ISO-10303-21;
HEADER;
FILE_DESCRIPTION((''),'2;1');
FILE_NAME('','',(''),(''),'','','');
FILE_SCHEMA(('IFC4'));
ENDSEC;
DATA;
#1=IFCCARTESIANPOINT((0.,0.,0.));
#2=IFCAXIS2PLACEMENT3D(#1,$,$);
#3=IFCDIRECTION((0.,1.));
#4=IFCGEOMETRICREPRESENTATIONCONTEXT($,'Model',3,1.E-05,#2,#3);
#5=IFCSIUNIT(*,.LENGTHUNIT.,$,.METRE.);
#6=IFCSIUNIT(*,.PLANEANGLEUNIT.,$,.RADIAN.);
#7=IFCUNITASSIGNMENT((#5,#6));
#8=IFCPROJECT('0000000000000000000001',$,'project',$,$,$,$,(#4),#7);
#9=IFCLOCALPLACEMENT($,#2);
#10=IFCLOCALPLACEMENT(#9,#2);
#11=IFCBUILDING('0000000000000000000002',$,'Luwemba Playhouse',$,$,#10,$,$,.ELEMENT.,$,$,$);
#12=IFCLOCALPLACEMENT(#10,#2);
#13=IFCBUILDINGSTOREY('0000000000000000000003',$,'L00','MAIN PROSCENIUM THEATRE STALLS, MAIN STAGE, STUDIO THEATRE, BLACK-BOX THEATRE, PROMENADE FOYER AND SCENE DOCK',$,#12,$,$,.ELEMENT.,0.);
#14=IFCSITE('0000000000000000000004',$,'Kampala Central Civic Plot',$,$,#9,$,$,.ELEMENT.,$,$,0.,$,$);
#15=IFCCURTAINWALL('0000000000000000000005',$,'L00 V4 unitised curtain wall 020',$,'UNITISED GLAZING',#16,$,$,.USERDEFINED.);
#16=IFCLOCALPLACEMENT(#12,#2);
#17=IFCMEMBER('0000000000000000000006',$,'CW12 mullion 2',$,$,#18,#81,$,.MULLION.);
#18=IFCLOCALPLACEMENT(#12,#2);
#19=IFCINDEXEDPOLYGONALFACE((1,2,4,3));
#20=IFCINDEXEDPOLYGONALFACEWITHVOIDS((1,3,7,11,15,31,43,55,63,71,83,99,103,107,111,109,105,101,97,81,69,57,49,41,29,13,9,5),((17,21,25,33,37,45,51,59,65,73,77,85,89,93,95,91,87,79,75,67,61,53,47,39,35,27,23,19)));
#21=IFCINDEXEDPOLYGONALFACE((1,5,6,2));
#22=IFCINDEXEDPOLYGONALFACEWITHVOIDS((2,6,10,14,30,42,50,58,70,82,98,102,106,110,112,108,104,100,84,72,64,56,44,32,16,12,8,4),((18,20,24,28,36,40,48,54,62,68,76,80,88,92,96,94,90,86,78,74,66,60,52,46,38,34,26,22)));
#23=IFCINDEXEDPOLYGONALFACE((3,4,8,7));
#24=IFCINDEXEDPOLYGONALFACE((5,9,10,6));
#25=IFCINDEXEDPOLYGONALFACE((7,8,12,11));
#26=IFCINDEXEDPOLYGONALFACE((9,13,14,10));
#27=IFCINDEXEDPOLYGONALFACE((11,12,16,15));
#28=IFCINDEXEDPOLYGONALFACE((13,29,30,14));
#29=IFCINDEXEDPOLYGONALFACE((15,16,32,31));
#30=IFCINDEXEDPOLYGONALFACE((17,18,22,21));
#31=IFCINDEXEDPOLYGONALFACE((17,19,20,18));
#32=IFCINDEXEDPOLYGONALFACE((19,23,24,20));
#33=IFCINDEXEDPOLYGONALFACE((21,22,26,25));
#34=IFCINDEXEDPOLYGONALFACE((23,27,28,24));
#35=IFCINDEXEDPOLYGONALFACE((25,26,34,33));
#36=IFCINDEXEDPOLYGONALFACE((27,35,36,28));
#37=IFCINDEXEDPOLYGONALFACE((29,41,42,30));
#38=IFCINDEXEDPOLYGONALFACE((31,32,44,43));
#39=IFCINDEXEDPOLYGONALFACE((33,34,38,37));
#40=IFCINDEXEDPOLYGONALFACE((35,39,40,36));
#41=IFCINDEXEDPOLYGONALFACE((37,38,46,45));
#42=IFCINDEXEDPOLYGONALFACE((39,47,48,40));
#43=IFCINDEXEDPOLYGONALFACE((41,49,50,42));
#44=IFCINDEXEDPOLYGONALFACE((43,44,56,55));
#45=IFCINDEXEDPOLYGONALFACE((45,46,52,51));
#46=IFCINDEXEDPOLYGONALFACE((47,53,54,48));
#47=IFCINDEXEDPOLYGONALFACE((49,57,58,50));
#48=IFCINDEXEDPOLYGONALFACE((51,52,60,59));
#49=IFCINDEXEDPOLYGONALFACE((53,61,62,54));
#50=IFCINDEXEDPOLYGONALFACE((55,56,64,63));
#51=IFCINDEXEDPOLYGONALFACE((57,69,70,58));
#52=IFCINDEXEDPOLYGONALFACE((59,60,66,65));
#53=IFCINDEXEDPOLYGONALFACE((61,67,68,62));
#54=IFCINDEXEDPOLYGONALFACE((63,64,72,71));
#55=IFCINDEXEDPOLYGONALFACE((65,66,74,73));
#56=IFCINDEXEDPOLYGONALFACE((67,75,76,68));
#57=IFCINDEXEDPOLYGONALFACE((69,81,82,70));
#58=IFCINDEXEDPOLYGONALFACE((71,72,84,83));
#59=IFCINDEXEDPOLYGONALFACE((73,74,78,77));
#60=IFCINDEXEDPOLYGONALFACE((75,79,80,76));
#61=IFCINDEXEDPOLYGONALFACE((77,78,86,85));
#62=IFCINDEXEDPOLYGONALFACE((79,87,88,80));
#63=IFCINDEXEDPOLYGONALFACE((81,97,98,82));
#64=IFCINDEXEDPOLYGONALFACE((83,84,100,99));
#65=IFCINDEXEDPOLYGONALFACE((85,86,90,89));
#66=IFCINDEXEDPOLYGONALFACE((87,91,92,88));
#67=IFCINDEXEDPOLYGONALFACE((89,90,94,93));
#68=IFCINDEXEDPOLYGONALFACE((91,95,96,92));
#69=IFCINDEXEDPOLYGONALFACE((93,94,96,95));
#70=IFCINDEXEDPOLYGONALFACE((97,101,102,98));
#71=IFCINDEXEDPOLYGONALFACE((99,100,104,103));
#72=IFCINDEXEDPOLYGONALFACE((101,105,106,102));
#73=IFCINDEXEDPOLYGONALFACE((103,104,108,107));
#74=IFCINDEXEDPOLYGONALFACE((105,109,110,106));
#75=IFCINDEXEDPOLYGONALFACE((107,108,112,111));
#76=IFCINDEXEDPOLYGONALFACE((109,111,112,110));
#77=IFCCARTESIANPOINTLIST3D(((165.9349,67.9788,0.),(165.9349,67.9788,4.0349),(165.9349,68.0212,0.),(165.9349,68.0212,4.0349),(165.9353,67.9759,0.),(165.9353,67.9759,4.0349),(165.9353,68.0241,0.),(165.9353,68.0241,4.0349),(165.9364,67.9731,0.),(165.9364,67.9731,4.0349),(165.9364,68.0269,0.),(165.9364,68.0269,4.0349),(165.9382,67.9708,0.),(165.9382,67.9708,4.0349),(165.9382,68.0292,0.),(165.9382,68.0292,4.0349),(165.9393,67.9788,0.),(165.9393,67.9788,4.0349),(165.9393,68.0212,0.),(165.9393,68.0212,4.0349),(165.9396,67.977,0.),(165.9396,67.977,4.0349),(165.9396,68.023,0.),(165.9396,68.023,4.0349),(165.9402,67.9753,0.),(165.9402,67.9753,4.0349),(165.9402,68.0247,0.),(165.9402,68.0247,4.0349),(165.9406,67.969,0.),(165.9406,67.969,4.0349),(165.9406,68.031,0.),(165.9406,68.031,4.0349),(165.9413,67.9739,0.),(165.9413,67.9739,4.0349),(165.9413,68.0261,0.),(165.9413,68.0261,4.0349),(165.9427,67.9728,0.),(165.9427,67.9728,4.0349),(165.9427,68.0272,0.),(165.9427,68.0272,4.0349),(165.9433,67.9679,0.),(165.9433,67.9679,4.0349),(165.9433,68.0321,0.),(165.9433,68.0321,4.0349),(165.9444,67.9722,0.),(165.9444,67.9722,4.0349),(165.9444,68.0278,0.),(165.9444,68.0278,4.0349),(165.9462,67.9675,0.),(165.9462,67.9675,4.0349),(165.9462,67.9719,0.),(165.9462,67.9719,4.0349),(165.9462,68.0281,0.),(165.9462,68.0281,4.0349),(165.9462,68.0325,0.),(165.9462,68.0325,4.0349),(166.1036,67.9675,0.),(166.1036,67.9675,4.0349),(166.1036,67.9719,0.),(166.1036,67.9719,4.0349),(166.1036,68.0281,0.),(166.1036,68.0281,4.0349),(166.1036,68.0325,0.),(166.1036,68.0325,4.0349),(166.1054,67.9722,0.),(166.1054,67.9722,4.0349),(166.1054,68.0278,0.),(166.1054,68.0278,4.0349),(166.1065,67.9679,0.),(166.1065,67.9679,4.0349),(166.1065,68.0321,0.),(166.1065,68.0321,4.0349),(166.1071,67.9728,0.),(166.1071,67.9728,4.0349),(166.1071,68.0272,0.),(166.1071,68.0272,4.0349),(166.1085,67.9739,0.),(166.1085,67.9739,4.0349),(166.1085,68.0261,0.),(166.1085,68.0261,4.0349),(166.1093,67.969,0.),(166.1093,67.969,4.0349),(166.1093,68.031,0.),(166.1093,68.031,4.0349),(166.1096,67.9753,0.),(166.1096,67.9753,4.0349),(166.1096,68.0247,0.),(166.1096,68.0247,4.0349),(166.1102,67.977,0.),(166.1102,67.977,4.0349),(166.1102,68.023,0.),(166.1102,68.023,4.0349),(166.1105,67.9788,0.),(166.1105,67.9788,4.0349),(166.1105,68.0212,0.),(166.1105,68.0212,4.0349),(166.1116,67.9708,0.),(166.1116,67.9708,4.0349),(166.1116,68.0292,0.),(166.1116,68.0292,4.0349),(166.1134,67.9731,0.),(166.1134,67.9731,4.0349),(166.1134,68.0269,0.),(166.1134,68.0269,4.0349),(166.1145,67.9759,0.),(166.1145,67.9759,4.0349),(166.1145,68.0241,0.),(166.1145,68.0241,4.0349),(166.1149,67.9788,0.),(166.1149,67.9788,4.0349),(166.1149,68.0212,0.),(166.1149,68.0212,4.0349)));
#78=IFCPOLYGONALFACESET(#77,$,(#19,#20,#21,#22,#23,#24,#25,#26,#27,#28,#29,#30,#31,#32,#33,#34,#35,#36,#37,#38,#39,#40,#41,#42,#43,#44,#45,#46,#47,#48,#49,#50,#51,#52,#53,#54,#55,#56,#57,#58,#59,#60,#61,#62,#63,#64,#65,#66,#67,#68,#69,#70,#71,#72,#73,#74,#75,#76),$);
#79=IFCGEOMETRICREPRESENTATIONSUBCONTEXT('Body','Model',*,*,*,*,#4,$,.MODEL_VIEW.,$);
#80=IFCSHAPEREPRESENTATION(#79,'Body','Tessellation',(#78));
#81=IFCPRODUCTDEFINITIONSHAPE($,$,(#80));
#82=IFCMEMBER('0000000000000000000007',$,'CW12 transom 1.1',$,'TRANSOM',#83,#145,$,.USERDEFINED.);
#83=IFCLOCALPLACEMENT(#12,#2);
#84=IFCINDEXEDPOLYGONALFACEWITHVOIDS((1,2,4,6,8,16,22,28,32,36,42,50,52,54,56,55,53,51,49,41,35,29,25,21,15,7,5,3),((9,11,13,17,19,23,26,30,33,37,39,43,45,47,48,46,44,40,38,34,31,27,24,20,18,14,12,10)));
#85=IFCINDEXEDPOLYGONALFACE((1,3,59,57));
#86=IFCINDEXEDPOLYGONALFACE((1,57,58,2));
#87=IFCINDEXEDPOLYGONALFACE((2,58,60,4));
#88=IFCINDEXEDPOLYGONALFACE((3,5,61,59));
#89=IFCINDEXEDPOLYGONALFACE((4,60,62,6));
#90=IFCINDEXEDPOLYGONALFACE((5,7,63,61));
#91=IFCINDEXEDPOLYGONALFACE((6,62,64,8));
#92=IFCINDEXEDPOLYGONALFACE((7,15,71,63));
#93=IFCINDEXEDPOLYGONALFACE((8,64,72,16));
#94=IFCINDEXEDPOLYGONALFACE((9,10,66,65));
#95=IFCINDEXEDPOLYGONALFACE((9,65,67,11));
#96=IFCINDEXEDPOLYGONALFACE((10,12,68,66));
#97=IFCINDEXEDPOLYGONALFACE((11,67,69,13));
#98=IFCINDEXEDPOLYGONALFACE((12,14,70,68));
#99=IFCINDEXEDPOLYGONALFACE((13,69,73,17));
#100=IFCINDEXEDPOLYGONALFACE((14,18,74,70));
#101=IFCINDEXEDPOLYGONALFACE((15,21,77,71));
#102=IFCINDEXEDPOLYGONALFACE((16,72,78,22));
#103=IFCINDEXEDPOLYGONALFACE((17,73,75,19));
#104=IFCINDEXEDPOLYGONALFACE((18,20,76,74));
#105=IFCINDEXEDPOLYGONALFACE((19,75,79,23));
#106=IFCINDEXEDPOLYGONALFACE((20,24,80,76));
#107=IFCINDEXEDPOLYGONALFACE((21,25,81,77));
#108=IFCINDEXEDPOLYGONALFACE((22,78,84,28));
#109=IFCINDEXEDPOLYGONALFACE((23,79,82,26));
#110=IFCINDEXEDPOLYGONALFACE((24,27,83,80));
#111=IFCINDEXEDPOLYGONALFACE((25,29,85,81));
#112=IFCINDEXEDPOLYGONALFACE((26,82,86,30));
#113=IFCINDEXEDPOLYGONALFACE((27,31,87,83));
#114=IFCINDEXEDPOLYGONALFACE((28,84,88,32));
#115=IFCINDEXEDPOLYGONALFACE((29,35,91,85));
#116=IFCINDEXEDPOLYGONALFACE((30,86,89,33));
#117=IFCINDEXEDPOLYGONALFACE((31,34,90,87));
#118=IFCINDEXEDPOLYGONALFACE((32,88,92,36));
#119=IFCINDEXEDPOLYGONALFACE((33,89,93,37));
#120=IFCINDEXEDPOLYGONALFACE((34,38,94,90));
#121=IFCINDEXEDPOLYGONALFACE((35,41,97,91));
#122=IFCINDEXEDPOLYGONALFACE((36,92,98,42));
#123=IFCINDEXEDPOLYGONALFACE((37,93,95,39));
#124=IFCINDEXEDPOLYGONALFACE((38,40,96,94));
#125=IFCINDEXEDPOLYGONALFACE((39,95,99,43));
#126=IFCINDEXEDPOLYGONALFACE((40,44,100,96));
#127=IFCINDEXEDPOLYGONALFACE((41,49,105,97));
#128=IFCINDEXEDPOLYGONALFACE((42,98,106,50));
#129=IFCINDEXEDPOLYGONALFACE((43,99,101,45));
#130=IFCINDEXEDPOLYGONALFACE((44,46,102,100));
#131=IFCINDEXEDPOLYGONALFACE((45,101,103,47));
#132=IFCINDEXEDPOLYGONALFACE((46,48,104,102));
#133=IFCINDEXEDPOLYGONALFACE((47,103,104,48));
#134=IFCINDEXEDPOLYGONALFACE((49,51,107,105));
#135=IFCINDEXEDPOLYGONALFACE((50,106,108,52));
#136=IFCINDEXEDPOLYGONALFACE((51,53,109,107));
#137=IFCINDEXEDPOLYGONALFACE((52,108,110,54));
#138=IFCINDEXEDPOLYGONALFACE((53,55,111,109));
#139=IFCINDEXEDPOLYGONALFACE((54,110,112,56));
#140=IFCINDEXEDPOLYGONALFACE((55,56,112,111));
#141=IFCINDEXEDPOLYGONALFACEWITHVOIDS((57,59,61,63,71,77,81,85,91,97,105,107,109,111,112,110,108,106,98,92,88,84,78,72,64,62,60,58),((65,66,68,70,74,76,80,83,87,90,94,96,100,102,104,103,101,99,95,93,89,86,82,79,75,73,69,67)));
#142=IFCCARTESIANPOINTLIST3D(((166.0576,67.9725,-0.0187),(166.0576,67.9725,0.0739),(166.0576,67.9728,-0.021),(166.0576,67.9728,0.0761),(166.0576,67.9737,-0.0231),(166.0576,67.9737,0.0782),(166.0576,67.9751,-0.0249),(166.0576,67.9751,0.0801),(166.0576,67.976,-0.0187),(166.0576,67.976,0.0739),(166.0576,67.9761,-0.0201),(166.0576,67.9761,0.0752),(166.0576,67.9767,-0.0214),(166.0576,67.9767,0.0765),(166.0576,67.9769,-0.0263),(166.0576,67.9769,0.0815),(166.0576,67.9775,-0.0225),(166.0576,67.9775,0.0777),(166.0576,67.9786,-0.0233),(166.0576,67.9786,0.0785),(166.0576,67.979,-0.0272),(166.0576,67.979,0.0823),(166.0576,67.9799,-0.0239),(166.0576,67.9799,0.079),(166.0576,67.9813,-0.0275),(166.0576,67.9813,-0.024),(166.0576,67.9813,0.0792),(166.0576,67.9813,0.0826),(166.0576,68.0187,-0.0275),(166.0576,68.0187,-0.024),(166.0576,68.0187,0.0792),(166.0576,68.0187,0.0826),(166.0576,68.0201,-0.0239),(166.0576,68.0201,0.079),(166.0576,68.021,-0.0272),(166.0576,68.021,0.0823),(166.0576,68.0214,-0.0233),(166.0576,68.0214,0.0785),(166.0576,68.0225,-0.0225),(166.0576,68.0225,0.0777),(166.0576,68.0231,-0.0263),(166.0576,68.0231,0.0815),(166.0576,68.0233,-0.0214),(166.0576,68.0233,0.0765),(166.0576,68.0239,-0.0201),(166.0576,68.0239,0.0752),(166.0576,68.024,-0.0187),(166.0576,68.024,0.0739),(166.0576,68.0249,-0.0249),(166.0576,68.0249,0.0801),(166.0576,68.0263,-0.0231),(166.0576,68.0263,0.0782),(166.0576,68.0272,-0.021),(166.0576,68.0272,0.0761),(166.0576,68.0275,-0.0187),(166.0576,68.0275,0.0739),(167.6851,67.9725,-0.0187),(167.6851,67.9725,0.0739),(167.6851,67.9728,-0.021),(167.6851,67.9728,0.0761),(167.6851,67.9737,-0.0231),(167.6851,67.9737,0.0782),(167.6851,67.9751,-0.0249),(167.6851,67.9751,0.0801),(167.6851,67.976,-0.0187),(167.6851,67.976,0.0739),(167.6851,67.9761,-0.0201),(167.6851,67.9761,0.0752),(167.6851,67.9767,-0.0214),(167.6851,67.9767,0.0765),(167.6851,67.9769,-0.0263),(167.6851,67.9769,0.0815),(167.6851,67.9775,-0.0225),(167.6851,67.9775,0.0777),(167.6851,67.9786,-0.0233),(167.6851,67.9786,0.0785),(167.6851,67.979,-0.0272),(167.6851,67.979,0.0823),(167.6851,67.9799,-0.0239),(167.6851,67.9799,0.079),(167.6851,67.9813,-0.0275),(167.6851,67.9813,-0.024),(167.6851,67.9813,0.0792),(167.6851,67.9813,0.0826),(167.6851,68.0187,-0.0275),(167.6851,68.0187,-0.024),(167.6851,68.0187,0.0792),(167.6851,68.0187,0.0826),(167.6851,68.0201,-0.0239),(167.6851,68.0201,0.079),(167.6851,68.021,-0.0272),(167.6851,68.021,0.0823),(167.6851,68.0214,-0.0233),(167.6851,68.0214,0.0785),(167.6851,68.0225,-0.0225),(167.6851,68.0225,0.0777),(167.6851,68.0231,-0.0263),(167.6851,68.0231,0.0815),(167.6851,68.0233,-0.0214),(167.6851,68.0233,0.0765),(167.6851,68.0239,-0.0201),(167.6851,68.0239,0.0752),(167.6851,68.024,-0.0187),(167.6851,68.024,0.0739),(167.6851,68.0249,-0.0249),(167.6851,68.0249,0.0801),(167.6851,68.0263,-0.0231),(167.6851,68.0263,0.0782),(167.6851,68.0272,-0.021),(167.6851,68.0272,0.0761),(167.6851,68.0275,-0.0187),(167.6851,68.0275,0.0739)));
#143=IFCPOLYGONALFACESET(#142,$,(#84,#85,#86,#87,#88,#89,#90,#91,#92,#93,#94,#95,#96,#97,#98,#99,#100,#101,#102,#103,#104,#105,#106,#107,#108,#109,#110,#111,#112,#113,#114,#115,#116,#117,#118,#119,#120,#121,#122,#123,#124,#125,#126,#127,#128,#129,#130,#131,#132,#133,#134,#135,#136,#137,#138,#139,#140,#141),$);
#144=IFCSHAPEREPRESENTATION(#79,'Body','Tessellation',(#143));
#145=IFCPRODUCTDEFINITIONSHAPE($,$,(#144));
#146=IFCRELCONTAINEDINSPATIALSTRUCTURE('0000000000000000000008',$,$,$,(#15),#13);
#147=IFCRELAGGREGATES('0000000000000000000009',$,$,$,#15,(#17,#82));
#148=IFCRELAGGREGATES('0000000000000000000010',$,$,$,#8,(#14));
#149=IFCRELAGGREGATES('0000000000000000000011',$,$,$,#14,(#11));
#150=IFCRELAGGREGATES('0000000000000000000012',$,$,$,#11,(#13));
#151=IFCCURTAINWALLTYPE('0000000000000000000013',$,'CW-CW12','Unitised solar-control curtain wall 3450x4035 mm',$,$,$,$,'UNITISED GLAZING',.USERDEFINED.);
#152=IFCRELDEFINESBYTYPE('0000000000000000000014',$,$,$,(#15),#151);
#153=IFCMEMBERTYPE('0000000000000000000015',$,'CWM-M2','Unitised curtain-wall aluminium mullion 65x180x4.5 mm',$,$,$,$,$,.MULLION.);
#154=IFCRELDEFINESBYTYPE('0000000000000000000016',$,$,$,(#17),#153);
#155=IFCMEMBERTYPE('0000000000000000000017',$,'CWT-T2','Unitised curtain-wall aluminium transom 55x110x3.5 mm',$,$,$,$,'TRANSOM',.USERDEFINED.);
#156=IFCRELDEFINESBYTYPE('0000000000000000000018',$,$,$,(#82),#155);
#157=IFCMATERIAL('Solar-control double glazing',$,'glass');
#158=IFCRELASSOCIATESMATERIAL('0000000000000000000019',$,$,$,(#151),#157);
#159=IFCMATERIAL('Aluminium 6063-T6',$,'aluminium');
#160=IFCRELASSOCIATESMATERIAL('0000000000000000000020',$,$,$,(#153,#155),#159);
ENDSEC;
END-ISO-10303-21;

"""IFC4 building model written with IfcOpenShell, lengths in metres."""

from ifc_helpers import new_model, si_unit, direction, frame, origin, origin_2d, place, context, subcontext, project, spatial, hollow_rectangle, extrude, material, material_profile, profile_set, type_object, element, aggregate, save


model = new_model("IFC4")

# Units and contexts
model_context = context("Model", 3, precision=1e-05, world=origin(), true_north=direction((0.0, 1.0)))
body_context = subcontext(model_context, "Body", "Model", "MODEL_VIEW")
ifc_project = project(units=[si_unit("LENGTHUNIT", "METRE"), si_unit("PLANEANGLEUNIT", "RADIAN")], contexts=[model_context])

# Site, building, storey
site_placement = place(None, origin())
site = spatial("IfcSite", under=ifc_project, at=site_placement, Name="Kampala Central Civic Plot", CompositionType="ELEMENT", RefElevation=0.0)
building_placement = place(site_placement, origin())
building = spatial("IfcBuilding", under=site, at=building_placement, Name="Luwemba Playhouse", CompositionType="ELEMENT")
storey_placement = place(building_placement, origin())
storey = spatial("IfcBuildingStorey", under=building, at=storey_placement, Name="L00", Description="MAIN PROSCENIUM THEATRE STALLS, MAIN STAGE, STUDIO THEATRE, BLACK-BOX THEATRE, PROMENADE FOYER AND SCENE DOCK", CompositionType="ELEMENT", Elevation=0.0)

# Curtain wall, members
ifc_material_1 = material(Name="Solar-control double glazing", Category="glass")
curtain_wall_type = type_object("IfcCurtainWallType", Name="CW-CW12", Description="Unitised solar-control curtain wall 3450x4035 mm", ElementType="UNITISED GLAZING", PredefinedType="USERDEFINED", material=ifc_material_1)
curtain_wall_placement = place(storey_placement, origin())
curtain_wall = element("IfcCurtainWall", 1, at=curtain_wall_placement, inside=storey, type_object=curtain_wall_type, Name="L00 V4 unitised curtain wall 020", ObjectType="UNITISED GLAZING", PredefinedType="USERDEFINED")
ifc_material_2 = material(Name="Aluminium 6063-T6", Category="aluminium")
ifc_material_profile_1 = material_profile(ifc_material_2, hollow_rectangle(XDim=0.0649, YDim=0.1799, WallThickness=0.0044, InnerFilletRadius=0.0068, OuterFilletRadius=0.0112, at=origin_2d()))
ifc_profile_set_1 = profile_set([ifc_material_profile_1], Name="Aluminium 6063-T6")
member_type_1 = type_object("IfcMemberType", Name="CWM-M2", Description="Unitised curtain-wall aluminium mullion 65x180x4.5 mm", PredefinedType="MULLION", material=ifc_profile_set_1)
member_1_placement = place(storey_placement, frame((166.0249, 68.0, 0.0), z_axis=(0.0, 0.0, 1.0), x_axis=(0.0, -1.0, 0.0)))
member_1 = element("IfcMember", 2, at=member_1_placement, type_object=member_type_1, Name="CW12 mullion 2", PredefinedType="MULLION", context=body_context, shape_type="SweptSolid", body=[
    extrude(hollow_rectangle(XDim=0.0649, YDim=0.1799, WallThickness=0.0044, InnerFilletRadius=0.0068, OuterFilletRadius=0.0112, at=origin_2d()), origin(), (0.0, 0.0, 1.0), 4.0349),
])
ifc_material_profile_2 = material_profile(ifc_material_2, hollow_rectangle(XDim=0.0549, YDim=0.1101, WallThickness=0.0034, InnerFilletRadius=0.0054, OuterFilletRadius=0.0088, at=origin_2d()))
ifc_profile_set_2 = profile_set([ifc_material_profile_2], Name="Aluminium 6063-T6")
member_type_2 = type_object("IfcMemberType", Name="CWT-T2", Description="Unitised curtain-wall aluminium transom 55x110x3.5 mm", ElementType="TRANSOM", PredefinedType="USERDEFINED", material=ifc_profile_set_2)
member_2_placement = place(storey_placement, frame((167.6851, 68.0, 0.0276), z_axis=(-1.0, 0.0, 0.0), x_axis=(0.0, -1.0, 0.0)))
member_2 = element("IfcMember", 3, at=member_2_placement, type_object=member_type_2, Name="CW12 transom 1.1", ObjectType="TRANSOM", PredefinedType="USERDEFINED", context=body_context, shape_type="SweptSolid", body=[
    extrude(hollow_rectangle(XDim=0.0549, YDim=0.1101, WallThickness=0.0034, InnerFilletRadius=0.0054, OuterFilletRadius=0.0088, at=origin_2d()), origin(), (0.0, 0.0, 1.0), 1.6274),
])
aggregate(curtain_wall, [member_1, member_2])

save(model, "model.ifc")
